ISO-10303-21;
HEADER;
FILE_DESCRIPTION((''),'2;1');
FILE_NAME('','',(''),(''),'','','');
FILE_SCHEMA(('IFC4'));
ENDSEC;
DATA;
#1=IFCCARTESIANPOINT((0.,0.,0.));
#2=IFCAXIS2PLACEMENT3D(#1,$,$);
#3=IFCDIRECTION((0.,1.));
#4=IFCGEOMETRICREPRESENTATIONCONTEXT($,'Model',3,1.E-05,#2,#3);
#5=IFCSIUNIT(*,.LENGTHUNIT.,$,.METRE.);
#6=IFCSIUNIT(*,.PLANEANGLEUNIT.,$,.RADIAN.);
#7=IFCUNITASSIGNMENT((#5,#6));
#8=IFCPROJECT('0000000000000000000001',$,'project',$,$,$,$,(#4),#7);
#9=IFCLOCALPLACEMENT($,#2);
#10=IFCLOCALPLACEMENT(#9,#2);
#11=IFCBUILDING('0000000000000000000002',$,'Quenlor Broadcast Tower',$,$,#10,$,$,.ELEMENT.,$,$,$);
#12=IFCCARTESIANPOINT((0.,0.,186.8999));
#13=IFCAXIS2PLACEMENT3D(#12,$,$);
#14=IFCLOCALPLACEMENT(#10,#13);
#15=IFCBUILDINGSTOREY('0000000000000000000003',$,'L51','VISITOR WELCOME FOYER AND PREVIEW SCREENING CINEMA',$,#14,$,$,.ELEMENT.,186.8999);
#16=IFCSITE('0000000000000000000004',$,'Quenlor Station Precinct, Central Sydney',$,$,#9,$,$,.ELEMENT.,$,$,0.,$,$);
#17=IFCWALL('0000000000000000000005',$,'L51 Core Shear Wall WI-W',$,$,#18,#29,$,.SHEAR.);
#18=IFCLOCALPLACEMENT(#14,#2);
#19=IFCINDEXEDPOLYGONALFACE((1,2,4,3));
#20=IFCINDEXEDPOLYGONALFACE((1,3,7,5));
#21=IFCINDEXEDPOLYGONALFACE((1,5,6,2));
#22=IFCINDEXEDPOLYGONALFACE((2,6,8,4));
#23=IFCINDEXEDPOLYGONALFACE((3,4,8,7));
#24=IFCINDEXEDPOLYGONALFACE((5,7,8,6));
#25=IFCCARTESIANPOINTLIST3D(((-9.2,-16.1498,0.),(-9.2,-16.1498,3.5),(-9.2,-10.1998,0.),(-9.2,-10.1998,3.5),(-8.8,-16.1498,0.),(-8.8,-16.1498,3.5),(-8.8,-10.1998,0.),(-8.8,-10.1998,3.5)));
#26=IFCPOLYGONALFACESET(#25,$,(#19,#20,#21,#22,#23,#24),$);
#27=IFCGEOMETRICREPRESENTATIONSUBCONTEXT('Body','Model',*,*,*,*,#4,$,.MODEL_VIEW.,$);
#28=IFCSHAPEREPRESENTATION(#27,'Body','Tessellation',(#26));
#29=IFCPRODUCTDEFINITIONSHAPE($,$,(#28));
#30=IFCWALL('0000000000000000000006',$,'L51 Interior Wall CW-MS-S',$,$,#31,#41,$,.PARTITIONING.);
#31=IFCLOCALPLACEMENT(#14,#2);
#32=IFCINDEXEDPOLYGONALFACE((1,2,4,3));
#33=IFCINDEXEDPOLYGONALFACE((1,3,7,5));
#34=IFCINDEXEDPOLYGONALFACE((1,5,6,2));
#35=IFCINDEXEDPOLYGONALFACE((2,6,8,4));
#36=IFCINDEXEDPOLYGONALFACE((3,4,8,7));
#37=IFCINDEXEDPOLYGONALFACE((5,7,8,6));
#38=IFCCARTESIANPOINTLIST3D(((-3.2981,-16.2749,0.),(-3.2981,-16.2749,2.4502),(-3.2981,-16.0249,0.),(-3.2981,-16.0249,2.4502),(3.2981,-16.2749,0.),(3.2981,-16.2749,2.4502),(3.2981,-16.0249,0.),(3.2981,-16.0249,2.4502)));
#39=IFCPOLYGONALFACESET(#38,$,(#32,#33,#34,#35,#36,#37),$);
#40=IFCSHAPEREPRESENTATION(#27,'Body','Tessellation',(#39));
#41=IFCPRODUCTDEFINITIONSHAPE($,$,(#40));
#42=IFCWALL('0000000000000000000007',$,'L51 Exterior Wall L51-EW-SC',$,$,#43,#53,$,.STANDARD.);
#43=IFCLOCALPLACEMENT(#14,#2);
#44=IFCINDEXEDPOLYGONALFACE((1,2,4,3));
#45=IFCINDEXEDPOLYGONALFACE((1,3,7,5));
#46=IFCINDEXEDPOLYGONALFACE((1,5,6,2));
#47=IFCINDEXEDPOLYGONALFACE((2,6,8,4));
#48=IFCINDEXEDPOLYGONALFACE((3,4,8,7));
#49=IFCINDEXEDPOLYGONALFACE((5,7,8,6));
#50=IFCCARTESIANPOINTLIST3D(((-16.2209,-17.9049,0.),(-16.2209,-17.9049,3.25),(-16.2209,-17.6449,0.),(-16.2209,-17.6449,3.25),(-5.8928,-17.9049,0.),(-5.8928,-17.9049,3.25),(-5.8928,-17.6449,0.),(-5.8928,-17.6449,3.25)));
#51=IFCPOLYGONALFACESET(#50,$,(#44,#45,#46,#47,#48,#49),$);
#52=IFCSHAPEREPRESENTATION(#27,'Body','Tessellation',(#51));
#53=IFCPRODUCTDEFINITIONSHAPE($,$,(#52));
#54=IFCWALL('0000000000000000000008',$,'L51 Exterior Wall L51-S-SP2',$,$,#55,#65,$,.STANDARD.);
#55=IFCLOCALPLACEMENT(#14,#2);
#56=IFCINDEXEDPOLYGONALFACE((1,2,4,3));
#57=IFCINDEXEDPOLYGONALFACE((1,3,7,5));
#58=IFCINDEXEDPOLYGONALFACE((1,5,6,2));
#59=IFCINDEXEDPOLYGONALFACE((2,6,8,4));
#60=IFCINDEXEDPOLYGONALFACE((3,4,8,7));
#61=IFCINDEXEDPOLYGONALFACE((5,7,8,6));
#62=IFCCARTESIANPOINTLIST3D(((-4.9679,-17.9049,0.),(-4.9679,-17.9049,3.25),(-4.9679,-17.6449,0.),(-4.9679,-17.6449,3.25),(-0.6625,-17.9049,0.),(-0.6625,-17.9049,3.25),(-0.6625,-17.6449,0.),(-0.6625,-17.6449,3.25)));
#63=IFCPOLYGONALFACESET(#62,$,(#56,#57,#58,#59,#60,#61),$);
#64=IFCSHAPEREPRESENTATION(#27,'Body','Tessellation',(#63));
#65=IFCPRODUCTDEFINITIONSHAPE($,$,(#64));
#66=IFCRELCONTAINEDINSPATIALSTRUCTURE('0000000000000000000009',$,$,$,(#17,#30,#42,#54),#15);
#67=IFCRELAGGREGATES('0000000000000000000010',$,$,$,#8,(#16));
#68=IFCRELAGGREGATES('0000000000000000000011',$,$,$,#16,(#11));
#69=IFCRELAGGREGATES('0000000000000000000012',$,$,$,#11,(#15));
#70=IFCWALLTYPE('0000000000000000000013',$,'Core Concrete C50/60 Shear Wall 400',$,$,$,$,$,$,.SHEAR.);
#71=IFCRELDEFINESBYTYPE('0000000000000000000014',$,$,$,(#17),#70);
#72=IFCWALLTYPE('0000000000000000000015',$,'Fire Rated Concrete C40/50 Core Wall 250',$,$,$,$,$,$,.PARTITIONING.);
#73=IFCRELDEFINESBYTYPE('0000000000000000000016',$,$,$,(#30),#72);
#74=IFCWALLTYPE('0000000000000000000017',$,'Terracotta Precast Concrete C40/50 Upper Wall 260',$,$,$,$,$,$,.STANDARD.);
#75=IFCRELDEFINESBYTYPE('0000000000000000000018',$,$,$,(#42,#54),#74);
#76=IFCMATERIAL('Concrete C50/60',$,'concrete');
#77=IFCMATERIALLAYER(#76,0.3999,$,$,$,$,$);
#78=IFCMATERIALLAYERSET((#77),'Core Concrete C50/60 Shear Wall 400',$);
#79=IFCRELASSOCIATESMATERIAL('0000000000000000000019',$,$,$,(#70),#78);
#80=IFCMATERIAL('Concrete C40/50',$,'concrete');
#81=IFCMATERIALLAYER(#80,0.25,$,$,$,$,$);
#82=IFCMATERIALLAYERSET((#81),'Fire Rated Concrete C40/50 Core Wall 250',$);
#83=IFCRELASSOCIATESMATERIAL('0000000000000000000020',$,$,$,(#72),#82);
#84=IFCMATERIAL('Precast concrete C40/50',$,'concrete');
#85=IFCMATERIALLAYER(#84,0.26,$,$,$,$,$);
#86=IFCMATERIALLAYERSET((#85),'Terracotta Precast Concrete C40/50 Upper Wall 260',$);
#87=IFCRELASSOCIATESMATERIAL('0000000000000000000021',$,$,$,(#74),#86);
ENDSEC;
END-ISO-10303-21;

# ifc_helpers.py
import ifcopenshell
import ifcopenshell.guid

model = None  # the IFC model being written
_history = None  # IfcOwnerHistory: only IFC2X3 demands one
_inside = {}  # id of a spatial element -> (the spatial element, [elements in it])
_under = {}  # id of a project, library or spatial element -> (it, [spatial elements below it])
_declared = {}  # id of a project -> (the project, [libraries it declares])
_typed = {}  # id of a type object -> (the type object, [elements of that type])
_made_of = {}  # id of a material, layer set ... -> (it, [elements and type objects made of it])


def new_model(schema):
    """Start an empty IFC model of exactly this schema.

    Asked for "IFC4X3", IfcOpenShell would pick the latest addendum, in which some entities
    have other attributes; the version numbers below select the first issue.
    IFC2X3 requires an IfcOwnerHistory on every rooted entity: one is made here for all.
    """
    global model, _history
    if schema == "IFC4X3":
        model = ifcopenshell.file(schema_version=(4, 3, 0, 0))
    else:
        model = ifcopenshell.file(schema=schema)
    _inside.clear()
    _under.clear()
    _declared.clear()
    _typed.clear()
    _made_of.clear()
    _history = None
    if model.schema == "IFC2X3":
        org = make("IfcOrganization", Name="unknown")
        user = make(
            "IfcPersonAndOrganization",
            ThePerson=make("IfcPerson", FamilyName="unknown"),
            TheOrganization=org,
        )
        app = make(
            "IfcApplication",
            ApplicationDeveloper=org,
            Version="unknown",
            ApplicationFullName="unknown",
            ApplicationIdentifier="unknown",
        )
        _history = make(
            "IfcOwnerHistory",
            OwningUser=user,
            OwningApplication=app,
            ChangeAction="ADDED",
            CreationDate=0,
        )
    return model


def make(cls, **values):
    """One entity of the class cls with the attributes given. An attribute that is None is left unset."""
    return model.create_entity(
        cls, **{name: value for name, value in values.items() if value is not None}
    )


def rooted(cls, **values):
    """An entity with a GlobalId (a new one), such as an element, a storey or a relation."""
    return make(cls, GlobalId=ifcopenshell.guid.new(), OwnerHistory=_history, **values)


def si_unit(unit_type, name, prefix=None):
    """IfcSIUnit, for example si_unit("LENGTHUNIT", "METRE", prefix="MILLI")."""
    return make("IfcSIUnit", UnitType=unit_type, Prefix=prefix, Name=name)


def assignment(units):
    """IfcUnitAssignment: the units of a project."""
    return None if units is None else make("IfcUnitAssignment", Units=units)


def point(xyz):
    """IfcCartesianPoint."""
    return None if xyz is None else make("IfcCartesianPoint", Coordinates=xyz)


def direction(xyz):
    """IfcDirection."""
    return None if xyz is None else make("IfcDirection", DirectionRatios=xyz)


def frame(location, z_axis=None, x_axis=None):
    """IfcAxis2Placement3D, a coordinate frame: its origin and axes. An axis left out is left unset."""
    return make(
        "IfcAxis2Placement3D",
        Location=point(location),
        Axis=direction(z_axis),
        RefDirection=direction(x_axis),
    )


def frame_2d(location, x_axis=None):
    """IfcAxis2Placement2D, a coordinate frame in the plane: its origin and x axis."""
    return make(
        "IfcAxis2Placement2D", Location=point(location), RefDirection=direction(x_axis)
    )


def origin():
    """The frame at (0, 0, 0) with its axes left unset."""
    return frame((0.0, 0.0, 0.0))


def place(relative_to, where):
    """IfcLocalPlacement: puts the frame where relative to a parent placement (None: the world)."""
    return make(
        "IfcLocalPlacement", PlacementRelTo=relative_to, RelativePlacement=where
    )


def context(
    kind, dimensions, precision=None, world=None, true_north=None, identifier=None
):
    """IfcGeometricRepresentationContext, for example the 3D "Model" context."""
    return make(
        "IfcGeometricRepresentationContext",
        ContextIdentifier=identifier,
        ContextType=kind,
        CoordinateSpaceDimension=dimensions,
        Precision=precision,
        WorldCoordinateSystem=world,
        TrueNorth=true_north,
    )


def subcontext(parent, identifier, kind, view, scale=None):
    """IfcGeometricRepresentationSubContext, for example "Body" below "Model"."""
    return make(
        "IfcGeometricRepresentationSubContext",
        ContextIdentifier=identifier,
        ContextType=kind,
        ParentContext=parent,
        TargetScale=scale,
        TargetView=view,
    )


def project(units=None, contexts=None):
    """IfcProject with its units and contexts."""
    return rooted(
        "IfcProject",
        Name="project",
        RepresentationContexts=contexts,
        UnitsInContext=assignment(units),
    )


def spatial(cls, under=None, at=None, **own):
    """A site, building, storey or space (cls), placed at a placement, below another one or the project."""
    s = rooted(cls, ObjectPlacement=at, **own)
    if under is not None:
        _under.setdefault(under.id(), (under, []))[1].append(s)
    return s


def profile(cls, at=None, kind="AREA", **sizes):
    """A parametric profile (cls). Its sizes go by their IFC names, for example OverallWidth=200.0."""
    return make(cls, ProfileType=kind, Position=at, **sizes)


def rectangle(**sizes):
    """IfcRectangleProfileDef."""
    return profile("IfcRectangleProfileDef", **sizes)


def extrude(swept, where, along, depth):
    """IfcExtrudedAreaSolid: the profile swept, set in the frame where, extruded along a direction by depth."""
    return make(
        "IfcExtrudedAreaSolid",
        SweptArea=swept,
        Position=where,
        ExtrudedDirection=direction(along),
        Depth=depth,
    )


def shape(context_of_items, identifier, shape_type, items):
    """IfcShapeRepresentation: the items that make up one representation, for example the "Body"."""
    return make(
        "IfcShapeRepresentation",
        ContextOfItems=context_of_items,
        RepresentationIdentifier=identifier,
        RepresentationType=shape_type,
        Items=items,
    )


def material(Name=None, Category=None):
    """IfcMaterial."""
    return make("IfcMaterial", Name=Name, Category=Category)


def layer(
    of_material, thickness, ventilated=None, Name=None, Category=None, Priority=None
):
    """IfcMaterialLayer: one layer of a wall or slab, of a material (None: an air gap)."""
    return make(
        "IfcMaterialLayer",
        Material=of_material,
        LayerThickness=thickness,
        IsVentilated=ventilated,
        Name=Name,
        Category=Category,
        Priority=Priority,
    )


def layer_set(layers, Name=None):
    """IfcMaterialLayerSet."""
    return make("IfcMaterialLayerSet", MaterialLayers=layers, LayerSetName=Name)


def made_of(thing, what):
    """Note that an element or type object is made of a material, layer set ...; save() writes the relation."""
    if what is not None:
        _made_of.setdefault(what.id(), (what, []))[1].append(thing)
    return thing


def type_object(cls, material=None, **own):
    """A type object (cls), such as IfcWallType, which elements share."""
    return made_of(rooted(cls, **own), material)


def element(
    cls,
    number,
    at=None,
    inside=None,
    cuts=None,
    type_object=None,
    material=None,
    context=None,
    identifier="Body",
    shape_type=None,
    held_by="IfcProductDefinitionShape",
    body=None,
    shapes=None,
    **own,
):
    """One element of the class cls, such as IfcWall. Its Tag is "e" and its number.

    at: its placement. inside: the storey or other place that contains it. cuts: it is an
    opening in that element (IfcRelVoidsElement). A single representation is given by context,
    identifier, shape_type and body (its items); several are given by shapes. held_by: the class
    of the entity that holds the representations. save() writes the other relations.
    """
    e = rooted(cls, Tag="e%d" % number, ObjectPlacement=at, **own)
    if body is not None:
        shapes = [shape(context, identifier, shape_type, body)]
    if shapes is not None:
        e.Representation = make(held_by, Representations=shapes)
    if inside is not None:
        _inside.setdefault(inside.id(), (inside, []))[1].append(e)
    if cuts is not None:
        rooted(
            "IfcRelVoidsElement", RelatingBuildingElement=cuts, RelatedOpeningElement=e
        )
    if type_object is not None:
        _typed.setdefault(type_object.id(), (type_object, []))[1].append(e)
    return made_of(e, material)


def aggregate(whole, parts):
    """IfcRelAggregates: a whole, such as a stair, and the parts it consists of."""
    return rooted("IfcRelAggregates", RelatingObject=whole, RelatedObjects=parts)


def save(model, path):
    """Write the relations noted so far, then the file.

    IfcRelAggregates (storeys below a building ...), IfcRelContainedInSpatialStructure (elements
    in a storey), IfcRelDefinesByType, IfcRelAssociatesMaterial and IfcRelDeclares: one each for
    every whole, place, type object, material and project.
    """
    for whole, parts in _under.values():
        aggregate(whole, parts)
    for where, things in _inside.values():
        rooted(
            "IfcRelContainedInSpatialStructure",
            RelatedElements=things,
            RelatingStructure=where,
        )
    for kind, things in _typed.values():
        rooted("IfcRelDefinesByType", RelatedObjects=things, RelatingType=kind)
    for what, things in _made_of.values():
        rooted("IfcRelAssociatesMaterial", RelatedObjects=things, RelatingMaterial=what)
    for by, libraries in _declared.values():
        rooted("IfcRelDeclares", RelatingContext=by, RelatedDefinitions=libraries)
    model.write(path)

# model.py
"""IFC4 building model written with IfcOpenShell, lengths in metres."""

from ifc_helpers import new_model, si_unit, direction, frame, frame_2d, origin, place, context, subcontext, project, spatial, rectangle, extrude, material, layer, layer_set, type_object, element, save


model = new_model("IFC4")

# Units and contexts
model_context = context("Model", 3, precision=1e-05, world=origin(), true_north=direction((0.0, 1.0)))
body_context = subcontext(model_context, "Body", "Model", "MODEL_VIEW")
ifc_project = project(units=[si_unit("LENGTHUNIT", "METRE"), si_unit("PLANEANGLEUNIT", "RADIAN")], contexts=[model_context])

# Site, building, storey
site_placement = place(None, origin())
site = spatial("IfcSite", under=ifc_project, at=site_placement, Name="Quenlor Station Precinct, Central Sydney", CompositionType="ELEMENT", RefElevation=0.0)
building_placement = place(site_placement, origin())
building = spatial("IfcBuilding", under=site, at=building_placement, Name="Quenlor Broadcast Tower", CompositionType="ELEMENT")
storey_placement = place(building_placement, frame((0.0, 0.0, 186.8999)))
storey = spatial("IfcBuildingStorey", under=building, at=storey_placement, Name="L51", Description="VISITOR WELCOME FOYER AND PREVIEW SCREENING CINEMA", CompositionType="ELEMENT", Elevation=186.8999)

# Walls
ifc_material_1 = material(Name="Concrete C50/60", Category="concrete")
ifc_layer_1 = layer(ifc_material_1, 0.3999)
ifc_layer_set_1 = layer_set([ifc_layer_1], Name="Core Concrete C50/60 Shear Wall 400")
wall_type_1 = type_object("IfcWallType", Name="Core Concrete C50/60 Shear Wall 400", PredefinedType="SHEAR", material=ifc_layer_set_1)
wall_1_placement = place(storey_placement, frame((-9.0, -16.1499, 0.0), z_axis=(0.0, 0.0, 1.0), x_axis=(0.0, 1.0, 0.0)))
element("IfcWall", 1, at=wall_1_placement, inside=storey, type_object=wall_type_1, Name="L51 Core Shear Wall WI-W", PredefinedType="SHEAR", context=body_context, shape_type="SweptSolid", body=[
    extrude(rectangle(XDim=5.95, YDim=0.3999, at=frame_2d((2.9751, 0.0))), origin(), (0.0, 0.0, 1.0), 3.5),
])
ifc_material_2 = material(Name="Concrete C40/50", Category="concrete")
ifc_layer_2 = layer(ifc_material_2, 0.25)
ifc_layer_set_2 = layer_set([ifc_layer_2], Name="Fire Rated Concrete C40/50 Core Wall 250")
wall_type_2 = type_object("IfcWallType", Name="Fire Rated Concrete C40/50 Core Wall 250", PredefinedType="PARTITIONING", material=ifc_layer_set_2)
wall_2_placement = place(storey_placement, frame((-3.2981, -16.1499, 0.0), z_axis=(0.0, 0.0, 1.0), x_axis=(1.0, 0.0, 0.0)))
element("IfcWall", 2, at=wall_2_placement, inside=storey, type_object=wall_type_2, Name="L51 Interior Wall CW-MS-S", PredefinedType="PARTITIONING", context=body_context, shape_type="SweptSolid", body=[
    extrude(rectangle(XDim=6.5962, YDim=0.25, at=frame_2d((3.2981, 0.0))), origin(), (0.0, 0.0, 1.0), 2.4502),
])

# Walls
ifc_material_3 = material(Name="Precast concrete C40/50", Category="concrete")
ifc_layer_3 = layer(ifc_material_3, 0.26)
ifc_layer_set_3 = layer_set([ifc_layer_3], Name="Terracotta Precast Concrete C40/50 Upper Wall 260")
wall_type_3 = type_object("IfcWallType", Name="Terracotta Precast Concrete C40/50 Upper Wall 260", PredefinedType="STANDARD", material=ifc_layer_set_3)
wall_3_placement = place(storey_placement, frame((-5.8928, -17.7749, 0.0), z_axis=(0.0, 0.0, 1.0), x_axis=(-1.0, 0.0, 0.0)))
element("IfcWall", 3, at=wall_3_placement, inside=storey, type_object=wall_type_3, Name="L51 Exterior Wall L51-EW-SC", PredefinedType="STANDARD", context=body_context, shape_type="SweptSolid", body=[
    extrude(rectangle(XDim=10.3281, YDim=0.26, at=frame_2d((5.1641, 0.0))), origin(), (0.0, 0.0, 1.0), 3.25),
])
wall_4_placement = place(storey_placement, frame((-0.6624, -17.7749, 0.0), z_axis=(0.0, 0.0, 1.0), x_axis=(-1.0, 0.0, 0.0)))
element("IfcWall", 4, at=wall_4_placement, inside=storey, type_object=wall_type_3, Name="L51 Exterior Wall L51-S-SP2", PredefinedType="STANDARD", context=body_context, shape_type="SweptSolid", body=[
    extrude(rectangle(XDim=4.3054, YDim=0.26, at=frame_2d((2.1528, 0.0))), origin(), (0.0, 0.0, 1.0), 3.25),
])

save(model, "model.ifc")
